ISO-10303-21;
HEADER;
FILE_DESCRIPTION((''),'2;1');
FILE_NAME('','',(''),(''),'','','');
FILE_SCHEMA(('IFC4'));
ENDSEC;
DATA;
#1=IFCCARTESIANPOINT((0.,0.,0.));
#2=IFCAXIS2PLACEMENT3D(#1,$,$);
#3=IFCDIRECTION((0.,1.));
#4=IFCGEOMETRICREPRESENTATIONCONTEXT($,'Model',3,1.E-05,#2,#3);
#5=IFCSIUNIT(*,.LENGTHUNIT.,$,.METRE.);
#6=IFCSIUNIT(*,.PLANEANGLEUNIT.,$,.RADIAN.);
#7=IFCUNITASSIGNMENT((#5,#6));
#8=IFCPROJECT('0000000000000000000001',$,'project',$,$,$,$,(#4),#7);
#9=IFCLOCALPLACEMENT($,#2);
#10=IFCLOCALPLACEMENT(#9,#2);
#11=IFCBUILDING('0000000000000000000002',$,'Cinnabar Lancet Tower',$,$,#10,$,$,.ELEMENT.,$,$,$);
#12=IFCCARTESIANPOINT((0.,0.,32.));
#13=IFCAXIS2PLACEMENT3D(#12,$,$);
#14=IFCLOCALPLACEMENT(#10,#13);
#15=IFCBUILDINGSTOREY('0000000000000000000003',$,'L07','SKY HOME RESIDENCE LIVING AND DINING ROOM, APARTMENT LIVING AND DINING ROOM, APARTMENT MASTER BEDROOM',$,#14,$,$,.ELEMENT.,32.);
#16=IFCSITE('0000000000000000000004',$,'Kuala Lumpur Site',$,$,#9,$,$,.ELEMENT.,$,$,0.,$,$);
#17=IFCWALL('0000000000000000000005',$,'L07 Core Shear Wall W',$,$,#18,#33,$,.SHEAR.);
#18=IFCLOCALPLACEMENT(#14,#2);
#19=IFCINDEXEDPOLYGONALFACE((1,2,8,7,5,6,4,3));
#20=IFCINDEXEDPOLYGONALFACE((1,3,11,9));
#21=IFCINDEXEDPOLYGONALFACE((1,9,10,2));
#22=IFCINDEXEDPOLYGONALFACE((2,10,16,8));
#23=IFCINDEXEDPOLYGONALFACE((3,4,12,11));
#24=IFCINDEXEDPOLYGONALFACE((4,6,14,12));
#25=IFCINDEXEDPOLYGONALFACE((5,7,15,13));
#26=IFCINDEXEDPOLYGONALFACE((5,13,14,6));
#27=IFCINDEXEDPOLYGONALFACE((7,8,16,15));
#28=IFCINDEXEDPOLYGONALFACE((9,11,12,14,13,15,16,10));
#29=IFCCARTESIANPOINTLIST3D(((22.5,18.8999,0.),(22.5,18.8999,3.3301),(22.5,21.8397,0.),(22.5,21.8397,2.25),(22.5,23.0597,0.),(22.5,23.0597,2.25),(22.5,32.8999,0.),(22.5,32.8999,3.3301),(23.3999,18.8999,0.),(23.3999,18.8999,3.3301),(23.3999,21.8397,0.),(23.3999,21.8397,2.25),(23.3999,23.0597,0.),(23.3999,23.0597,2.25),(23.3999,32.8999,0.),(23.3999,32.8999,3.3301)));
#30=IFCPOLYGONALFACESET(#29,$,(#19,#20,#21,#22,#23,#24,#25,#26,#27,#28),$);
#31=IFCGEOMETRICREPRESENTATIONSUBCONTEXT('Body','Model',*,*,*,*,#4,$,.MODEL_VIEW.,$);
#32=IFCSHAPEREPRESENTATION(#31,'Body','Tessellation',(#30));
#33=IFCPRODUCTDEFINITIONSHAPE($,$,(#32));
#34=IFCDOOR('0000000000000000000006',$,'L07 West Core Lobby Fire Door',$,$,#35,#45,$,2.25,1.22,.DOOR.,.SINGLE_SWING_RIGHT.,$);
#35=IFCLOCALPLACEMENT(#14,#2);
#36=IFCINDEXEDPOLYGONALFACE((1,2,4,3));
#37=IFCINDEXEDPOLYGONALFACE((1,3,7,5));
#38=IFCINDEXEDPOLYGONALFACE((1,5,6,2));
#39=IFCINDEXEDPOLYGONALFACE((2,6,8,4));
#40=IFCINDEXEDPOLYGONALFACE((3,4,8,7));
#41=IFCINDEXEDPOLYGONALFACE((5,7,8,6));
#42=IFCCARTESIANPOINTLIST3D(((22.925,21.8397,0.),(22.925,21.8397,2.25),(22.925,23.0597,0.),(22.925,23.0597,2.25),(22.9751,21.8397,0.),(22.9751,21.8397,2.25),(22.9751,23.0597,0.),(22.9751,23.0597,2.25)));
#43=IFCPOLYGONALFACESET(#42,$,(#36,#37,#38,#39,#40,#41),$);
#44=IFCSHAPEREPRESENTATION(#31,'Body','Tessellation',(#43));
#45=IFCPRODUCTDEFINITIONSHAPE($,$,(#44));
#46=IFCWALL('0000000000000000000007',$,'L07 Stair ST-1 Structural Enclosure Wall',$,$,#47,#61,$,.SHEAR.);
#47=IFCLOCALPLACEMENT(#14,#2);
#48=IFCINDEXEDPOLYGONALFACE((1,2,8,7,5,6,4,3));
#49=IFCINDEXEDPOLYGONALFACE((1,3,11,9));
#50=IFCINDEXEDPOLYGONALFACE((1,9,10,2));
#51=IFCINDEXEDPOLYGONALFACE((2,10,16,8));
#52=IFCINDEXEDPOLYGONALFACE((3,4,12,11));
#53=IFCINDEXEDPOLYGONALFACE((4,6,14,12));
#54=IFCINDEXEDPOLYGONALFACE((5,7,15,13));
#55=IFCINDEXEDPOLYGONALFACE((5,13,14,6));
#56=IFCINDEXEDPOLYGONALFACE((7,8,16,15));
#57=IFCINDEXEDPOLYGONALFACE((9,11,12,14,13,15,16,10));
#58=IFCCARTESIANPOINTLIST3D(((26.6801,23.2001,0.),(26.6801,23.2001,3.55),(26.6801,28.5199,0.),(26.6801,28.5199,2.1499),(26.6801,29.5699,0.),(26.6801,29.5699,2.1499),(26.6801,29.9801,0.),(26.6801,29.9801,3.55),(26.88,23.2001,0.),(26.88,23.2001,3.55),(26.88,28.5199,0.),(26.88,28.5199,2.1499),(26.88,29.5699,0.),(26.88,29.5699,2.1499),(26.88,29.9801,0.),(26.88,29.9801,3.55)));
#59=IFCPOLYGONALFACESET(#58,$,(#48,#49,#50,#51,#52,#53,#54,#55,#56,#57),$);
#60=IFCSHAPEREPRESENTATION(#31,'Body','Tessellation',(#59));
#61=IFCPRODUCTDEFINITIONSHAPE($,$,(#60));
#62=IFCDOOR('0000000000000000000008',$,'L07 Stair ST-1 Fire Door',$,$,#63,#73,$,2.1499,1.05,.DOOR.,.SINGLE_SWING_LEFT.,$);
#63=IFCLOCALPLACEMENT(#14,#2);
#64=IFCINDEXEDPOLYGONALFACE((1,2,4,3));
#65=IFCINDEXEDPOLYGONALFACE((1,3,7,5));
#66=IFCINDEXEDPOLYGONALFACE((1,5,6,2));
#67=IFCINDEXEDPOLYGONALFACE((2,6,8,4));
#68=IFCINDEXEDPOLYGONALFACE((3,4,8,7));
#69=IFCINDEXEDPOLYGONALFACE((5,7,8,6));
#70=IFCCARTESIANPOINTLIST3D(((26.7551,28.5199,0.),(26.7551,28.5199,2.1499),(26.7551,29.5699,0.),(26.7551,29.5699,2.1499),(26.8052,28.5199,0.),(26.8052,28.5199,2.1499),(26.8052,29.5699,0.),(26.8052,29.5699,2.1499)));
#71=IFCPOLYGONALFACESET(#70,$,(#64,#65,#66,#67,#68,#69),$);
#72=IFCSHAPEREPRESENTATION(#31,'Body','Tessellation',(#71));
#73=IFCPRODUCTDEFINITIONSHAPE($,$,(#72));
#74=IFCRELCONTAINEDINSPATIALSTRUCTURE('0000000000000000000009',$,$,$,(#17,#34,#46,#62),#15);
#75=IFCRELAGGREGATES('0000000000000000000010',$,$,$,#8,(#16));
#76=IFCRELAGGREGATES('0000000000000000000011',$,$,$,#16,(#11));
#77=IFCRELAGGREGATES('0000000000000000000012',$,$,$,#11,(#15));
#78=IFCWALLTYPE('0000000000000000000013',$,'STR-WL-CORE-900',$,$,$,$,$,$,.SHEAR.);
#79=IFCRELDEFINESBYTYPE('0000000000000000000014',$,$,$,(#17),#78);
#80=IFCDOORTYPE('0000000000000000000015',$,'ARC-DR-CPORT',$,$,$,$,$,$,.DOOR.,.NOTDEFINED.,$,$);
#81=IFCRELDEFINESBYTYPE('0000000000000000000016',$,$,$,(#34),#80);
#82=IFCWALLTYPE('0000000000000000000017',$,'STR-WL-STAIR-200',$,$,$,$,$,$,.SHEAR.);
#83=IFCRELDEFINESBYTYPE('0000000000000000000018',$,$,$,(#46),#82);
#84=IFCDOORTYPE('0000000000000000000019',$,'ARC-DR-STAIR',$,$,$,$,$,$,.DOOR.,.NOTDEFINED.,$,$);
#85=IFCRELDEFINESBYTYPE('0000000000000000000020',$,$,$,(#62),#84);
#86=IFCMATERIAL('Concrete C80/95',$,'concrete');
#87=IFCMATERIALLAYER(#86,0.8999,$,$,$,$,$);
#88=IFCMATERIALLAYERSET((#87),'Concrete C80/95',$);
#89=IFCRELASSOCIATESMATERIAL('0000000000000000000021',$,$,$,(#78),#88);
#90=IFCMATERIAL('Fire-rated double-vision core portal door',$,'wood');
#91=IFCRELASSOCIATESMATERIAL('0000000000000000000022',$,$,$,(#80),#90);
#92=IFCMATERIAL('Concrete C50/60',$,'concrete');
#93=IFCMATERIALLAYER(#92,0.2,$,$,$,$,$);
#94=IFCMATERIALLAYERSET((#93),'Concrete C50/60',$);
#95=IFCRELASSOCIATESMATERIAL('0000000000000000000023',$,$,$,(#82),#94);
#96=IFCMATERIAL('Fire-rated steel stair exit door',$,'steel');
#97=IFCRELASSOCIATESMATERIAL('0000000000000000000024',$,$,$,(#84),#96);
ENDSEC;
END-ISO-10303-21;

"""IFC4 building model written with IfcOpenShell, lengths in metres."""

from ifc_helpers import new_model, si_unit, direction, frame, frame_2d, origin, place, context, subcontext, project, spatial, rectangle, extrude, material, layer, layer_set, type_object, element, fill, save


model = new_model("IFC4")

# Units and contexts
model_context = context("Model", 3, precision=1e-05, world=origin(), true_north=direction((0.0, 1.0)))
body_context = subcontext(model_context, "Body", "Model", "MODEL_VIEW")
ifc_project = project(units=[si_unit("LENGTHUNIT", "METRE"), si_unit("PLANEANGLEUNIT", "RADIAN")], contexts=[model_context])

# Site, building, storey
site_placement = place(None, origin())
site = spatial("IfcSite", under=ifc_project, at=site_placement, Name="Kuala Lumpur Site", CompositionType="ELEMENT", RefElevation=0.0)
building_placement = place(site_placement, origin())
building = spatial("IfcBuilding", under=site, at=building_placement, Name="Cinnabar Lancet Tower", CompositionType="ELEMENT")
storey_placement = place(building_placement, frame((0.0, 0.0, 32.0)))
storey = spatial("IfcBuildingStorey", under=building, at=storey_placement, Name="L07", Description="SKY HOME RESIDENCE LIVING AND DINING ROOM, APARTMENT LIVING AND DINING ROOM, APARTMENT MASTER BEDROOM", CompositionType="ELEMENT", Elevation=32.0)

# Walls, openings, doors
ifc_material_1 = material(Name="Concrete C80/95", Category="concrete")
ifc_layer_1 = layer(ifc_material_1, 0.8999)
ifc_layer_set_1 = layer_set([ifc_layer_1], Name="Concrete C80/95")
wall_type_1 = type_object("IfcWallType", Name="STR-WL-CORE-900", PredefinedType="SHEAR", material=ifc_layer_set_1)
wall_1_placement = place(storey_placement, frame((22.95, 18.8999, 0.0), z_axis=(0.0, 0.0, 1.0), x_axis=(0.0, 1.0, 0.0)))
wall_1 = element("IfcWall", 1, at=wall_1_placement, inside=storey, type_object=wall_type_1, Name="L07 Core Shear Wall W", PredefinedType="SHEAR", context=body_context, shape_type="SweptSolid", body=[
    extrude(rectangle(XDim=14.0, YDim=0.8999, at=frame_2d((7.0, 0.0))), origin(), (0.0, 0.0, 1.0), 3.3301),
])
opening_1_placement = place(wall_1_placement, frame((2.9399, 0.0, 0.0)))
opening_1 = element("IfcOpeningElement", 2, at=opening_1_placement, cuts=wall_1, PredefinedType="OPENING", context=body_context, shape_type="SweptSolid", body=[
    extrude(rectangle(XDim=1.22, YDim=2.25, at=frame_2d((0.6099, 1.125))), frame((0.0, 0.46, 0.0), z_axis=(0.0, -1.0, 0.0), x_axis=(1.0, 0.0, 0.0)), (0.0, 0.0, 1.0), 0.9199),
])
ifc_material_2 = material(Name="Fire-rated double-vision core portal door", Category="wood")
door_type_1 = type_object("IfcDoorType", Name="ARC-DR-CPORT", OperationType="NOTDEFINED", PredefinedType="DOOR", material=ifc_material_2)
door_1_placement = place(opening_1_placement, origin())
door_1 = element("IfcDoor", 3, at=door_1_placement, inside=storey, type_object=door_type_1, Name="L07 West Core Lobby Fire Door", OperationType="SINGLE_SWING_RIGHT", OverallHeight=2.25, OverallWidth=1.22, PredefinedType="DOOR", context=body_context, shape_type="SweptSolid", body=[
    extrude(rectangle(XDim=1.22, YDim=2.25, at=frame_2d((0.6099, 1.125))), frame((0.0, 0.0249, 0.0), z_axis=(0.0, -1.0, 0.0), x_axis=(1.0, 0.0, 0.0)), (0.0, 0.0, 1.0), 0.05),
])
fill(opening_1, door_1)
ifc_material_3 = material(Name="Concrete C50/60", Category="concrete")
ifc_layer_2 = layer(ifc_material_3, 0.2)
ifc_layer_set_2 = layer_set([ifc_layer_2], Name="Concrete C50/60")
wall_type_2 = type_object("IfcWallType", Name="STR-WL-STAIR-200", PredefinedType="SHEAR", material=ifc_layer_set_2)
wall_2_placement = place(storey_placement, frame((26.78, 23.2, 0.0), z_axis=(0.0, 0.0, 1.0), x_axis=(0.0, 1.0, 0.0)))
wall_2 = element("IfcWall", 4, at=wall_2_placement, inside=storey, type_object=wall_type_2, Name="L07 Stair ST-1 Structural Enclosure Wall", PredefinedType="SHEAR", context=body_context, shape_type="SweptSolid", body=[
    extrude(rectangle(XDim=6.78, YDim=0.2, at=frame_2d((3.3901, 0.0))), origin(), (0.0, 0.0, 1.0), 3.55),
])
opening_2_placement = place(wall_2_placement, frame((5.3201, 0.0, 0.0)))
opening_2 = element("IfcOpeningElement", 5, at=opening_2_placement, cuts=wall_2, PredefinedType="OPENING", context=body_context, shape_type="SweptSolid", body=[
    extrude(rectangle(XDim=1.05, YDim=2.1499, at=frame_2d((0.5249, 1.075))), frame((0.0, 0.1099, 0.0), z_axis=(0.0, -1.0, 0.0), x_axis=(1.0, 0.0, 0.0)), (0.0, 0.0, 1.0), 0.22),
])
ifc_material_4 = material(Name="Fire-rated steel stair exit door", Category="steel")
door_type_2 = type_object("IfcDoorType", Name="ARC-DR-STAIR", OperationType="NOTDEFINED", PredefinedType="DOOR", material=ifc_material_4)
door_2_placement = place(opening_2_placement, origin())
door_2 = element("IfcDoor", 6, at=door_2_placement, inside=storey, type_object=door_type_2, Name="L07 Stair ST-1 Fire Door", OperationType="SINGLE_SWING_LEFT", OverallHeight=2.1499, OverallWidth=1.05, PredefinedType="DOOR", context=body_context, shape_type="SweptSolid", body=[
    extrude(rectangle(XDim=1.05, YDim=2.1499, at=frame_2d((0.5249, 1.075))), frame((0.0, 0.0249, 0.0), z_axis=(0.0, -1.0, 0.0), x_axis=(1.0, 0.0, 0.0)), (0.0, 0.0, 1.0), 0.05),
])
fill(opening_2, door_2)

save(model, "model.ifc")
